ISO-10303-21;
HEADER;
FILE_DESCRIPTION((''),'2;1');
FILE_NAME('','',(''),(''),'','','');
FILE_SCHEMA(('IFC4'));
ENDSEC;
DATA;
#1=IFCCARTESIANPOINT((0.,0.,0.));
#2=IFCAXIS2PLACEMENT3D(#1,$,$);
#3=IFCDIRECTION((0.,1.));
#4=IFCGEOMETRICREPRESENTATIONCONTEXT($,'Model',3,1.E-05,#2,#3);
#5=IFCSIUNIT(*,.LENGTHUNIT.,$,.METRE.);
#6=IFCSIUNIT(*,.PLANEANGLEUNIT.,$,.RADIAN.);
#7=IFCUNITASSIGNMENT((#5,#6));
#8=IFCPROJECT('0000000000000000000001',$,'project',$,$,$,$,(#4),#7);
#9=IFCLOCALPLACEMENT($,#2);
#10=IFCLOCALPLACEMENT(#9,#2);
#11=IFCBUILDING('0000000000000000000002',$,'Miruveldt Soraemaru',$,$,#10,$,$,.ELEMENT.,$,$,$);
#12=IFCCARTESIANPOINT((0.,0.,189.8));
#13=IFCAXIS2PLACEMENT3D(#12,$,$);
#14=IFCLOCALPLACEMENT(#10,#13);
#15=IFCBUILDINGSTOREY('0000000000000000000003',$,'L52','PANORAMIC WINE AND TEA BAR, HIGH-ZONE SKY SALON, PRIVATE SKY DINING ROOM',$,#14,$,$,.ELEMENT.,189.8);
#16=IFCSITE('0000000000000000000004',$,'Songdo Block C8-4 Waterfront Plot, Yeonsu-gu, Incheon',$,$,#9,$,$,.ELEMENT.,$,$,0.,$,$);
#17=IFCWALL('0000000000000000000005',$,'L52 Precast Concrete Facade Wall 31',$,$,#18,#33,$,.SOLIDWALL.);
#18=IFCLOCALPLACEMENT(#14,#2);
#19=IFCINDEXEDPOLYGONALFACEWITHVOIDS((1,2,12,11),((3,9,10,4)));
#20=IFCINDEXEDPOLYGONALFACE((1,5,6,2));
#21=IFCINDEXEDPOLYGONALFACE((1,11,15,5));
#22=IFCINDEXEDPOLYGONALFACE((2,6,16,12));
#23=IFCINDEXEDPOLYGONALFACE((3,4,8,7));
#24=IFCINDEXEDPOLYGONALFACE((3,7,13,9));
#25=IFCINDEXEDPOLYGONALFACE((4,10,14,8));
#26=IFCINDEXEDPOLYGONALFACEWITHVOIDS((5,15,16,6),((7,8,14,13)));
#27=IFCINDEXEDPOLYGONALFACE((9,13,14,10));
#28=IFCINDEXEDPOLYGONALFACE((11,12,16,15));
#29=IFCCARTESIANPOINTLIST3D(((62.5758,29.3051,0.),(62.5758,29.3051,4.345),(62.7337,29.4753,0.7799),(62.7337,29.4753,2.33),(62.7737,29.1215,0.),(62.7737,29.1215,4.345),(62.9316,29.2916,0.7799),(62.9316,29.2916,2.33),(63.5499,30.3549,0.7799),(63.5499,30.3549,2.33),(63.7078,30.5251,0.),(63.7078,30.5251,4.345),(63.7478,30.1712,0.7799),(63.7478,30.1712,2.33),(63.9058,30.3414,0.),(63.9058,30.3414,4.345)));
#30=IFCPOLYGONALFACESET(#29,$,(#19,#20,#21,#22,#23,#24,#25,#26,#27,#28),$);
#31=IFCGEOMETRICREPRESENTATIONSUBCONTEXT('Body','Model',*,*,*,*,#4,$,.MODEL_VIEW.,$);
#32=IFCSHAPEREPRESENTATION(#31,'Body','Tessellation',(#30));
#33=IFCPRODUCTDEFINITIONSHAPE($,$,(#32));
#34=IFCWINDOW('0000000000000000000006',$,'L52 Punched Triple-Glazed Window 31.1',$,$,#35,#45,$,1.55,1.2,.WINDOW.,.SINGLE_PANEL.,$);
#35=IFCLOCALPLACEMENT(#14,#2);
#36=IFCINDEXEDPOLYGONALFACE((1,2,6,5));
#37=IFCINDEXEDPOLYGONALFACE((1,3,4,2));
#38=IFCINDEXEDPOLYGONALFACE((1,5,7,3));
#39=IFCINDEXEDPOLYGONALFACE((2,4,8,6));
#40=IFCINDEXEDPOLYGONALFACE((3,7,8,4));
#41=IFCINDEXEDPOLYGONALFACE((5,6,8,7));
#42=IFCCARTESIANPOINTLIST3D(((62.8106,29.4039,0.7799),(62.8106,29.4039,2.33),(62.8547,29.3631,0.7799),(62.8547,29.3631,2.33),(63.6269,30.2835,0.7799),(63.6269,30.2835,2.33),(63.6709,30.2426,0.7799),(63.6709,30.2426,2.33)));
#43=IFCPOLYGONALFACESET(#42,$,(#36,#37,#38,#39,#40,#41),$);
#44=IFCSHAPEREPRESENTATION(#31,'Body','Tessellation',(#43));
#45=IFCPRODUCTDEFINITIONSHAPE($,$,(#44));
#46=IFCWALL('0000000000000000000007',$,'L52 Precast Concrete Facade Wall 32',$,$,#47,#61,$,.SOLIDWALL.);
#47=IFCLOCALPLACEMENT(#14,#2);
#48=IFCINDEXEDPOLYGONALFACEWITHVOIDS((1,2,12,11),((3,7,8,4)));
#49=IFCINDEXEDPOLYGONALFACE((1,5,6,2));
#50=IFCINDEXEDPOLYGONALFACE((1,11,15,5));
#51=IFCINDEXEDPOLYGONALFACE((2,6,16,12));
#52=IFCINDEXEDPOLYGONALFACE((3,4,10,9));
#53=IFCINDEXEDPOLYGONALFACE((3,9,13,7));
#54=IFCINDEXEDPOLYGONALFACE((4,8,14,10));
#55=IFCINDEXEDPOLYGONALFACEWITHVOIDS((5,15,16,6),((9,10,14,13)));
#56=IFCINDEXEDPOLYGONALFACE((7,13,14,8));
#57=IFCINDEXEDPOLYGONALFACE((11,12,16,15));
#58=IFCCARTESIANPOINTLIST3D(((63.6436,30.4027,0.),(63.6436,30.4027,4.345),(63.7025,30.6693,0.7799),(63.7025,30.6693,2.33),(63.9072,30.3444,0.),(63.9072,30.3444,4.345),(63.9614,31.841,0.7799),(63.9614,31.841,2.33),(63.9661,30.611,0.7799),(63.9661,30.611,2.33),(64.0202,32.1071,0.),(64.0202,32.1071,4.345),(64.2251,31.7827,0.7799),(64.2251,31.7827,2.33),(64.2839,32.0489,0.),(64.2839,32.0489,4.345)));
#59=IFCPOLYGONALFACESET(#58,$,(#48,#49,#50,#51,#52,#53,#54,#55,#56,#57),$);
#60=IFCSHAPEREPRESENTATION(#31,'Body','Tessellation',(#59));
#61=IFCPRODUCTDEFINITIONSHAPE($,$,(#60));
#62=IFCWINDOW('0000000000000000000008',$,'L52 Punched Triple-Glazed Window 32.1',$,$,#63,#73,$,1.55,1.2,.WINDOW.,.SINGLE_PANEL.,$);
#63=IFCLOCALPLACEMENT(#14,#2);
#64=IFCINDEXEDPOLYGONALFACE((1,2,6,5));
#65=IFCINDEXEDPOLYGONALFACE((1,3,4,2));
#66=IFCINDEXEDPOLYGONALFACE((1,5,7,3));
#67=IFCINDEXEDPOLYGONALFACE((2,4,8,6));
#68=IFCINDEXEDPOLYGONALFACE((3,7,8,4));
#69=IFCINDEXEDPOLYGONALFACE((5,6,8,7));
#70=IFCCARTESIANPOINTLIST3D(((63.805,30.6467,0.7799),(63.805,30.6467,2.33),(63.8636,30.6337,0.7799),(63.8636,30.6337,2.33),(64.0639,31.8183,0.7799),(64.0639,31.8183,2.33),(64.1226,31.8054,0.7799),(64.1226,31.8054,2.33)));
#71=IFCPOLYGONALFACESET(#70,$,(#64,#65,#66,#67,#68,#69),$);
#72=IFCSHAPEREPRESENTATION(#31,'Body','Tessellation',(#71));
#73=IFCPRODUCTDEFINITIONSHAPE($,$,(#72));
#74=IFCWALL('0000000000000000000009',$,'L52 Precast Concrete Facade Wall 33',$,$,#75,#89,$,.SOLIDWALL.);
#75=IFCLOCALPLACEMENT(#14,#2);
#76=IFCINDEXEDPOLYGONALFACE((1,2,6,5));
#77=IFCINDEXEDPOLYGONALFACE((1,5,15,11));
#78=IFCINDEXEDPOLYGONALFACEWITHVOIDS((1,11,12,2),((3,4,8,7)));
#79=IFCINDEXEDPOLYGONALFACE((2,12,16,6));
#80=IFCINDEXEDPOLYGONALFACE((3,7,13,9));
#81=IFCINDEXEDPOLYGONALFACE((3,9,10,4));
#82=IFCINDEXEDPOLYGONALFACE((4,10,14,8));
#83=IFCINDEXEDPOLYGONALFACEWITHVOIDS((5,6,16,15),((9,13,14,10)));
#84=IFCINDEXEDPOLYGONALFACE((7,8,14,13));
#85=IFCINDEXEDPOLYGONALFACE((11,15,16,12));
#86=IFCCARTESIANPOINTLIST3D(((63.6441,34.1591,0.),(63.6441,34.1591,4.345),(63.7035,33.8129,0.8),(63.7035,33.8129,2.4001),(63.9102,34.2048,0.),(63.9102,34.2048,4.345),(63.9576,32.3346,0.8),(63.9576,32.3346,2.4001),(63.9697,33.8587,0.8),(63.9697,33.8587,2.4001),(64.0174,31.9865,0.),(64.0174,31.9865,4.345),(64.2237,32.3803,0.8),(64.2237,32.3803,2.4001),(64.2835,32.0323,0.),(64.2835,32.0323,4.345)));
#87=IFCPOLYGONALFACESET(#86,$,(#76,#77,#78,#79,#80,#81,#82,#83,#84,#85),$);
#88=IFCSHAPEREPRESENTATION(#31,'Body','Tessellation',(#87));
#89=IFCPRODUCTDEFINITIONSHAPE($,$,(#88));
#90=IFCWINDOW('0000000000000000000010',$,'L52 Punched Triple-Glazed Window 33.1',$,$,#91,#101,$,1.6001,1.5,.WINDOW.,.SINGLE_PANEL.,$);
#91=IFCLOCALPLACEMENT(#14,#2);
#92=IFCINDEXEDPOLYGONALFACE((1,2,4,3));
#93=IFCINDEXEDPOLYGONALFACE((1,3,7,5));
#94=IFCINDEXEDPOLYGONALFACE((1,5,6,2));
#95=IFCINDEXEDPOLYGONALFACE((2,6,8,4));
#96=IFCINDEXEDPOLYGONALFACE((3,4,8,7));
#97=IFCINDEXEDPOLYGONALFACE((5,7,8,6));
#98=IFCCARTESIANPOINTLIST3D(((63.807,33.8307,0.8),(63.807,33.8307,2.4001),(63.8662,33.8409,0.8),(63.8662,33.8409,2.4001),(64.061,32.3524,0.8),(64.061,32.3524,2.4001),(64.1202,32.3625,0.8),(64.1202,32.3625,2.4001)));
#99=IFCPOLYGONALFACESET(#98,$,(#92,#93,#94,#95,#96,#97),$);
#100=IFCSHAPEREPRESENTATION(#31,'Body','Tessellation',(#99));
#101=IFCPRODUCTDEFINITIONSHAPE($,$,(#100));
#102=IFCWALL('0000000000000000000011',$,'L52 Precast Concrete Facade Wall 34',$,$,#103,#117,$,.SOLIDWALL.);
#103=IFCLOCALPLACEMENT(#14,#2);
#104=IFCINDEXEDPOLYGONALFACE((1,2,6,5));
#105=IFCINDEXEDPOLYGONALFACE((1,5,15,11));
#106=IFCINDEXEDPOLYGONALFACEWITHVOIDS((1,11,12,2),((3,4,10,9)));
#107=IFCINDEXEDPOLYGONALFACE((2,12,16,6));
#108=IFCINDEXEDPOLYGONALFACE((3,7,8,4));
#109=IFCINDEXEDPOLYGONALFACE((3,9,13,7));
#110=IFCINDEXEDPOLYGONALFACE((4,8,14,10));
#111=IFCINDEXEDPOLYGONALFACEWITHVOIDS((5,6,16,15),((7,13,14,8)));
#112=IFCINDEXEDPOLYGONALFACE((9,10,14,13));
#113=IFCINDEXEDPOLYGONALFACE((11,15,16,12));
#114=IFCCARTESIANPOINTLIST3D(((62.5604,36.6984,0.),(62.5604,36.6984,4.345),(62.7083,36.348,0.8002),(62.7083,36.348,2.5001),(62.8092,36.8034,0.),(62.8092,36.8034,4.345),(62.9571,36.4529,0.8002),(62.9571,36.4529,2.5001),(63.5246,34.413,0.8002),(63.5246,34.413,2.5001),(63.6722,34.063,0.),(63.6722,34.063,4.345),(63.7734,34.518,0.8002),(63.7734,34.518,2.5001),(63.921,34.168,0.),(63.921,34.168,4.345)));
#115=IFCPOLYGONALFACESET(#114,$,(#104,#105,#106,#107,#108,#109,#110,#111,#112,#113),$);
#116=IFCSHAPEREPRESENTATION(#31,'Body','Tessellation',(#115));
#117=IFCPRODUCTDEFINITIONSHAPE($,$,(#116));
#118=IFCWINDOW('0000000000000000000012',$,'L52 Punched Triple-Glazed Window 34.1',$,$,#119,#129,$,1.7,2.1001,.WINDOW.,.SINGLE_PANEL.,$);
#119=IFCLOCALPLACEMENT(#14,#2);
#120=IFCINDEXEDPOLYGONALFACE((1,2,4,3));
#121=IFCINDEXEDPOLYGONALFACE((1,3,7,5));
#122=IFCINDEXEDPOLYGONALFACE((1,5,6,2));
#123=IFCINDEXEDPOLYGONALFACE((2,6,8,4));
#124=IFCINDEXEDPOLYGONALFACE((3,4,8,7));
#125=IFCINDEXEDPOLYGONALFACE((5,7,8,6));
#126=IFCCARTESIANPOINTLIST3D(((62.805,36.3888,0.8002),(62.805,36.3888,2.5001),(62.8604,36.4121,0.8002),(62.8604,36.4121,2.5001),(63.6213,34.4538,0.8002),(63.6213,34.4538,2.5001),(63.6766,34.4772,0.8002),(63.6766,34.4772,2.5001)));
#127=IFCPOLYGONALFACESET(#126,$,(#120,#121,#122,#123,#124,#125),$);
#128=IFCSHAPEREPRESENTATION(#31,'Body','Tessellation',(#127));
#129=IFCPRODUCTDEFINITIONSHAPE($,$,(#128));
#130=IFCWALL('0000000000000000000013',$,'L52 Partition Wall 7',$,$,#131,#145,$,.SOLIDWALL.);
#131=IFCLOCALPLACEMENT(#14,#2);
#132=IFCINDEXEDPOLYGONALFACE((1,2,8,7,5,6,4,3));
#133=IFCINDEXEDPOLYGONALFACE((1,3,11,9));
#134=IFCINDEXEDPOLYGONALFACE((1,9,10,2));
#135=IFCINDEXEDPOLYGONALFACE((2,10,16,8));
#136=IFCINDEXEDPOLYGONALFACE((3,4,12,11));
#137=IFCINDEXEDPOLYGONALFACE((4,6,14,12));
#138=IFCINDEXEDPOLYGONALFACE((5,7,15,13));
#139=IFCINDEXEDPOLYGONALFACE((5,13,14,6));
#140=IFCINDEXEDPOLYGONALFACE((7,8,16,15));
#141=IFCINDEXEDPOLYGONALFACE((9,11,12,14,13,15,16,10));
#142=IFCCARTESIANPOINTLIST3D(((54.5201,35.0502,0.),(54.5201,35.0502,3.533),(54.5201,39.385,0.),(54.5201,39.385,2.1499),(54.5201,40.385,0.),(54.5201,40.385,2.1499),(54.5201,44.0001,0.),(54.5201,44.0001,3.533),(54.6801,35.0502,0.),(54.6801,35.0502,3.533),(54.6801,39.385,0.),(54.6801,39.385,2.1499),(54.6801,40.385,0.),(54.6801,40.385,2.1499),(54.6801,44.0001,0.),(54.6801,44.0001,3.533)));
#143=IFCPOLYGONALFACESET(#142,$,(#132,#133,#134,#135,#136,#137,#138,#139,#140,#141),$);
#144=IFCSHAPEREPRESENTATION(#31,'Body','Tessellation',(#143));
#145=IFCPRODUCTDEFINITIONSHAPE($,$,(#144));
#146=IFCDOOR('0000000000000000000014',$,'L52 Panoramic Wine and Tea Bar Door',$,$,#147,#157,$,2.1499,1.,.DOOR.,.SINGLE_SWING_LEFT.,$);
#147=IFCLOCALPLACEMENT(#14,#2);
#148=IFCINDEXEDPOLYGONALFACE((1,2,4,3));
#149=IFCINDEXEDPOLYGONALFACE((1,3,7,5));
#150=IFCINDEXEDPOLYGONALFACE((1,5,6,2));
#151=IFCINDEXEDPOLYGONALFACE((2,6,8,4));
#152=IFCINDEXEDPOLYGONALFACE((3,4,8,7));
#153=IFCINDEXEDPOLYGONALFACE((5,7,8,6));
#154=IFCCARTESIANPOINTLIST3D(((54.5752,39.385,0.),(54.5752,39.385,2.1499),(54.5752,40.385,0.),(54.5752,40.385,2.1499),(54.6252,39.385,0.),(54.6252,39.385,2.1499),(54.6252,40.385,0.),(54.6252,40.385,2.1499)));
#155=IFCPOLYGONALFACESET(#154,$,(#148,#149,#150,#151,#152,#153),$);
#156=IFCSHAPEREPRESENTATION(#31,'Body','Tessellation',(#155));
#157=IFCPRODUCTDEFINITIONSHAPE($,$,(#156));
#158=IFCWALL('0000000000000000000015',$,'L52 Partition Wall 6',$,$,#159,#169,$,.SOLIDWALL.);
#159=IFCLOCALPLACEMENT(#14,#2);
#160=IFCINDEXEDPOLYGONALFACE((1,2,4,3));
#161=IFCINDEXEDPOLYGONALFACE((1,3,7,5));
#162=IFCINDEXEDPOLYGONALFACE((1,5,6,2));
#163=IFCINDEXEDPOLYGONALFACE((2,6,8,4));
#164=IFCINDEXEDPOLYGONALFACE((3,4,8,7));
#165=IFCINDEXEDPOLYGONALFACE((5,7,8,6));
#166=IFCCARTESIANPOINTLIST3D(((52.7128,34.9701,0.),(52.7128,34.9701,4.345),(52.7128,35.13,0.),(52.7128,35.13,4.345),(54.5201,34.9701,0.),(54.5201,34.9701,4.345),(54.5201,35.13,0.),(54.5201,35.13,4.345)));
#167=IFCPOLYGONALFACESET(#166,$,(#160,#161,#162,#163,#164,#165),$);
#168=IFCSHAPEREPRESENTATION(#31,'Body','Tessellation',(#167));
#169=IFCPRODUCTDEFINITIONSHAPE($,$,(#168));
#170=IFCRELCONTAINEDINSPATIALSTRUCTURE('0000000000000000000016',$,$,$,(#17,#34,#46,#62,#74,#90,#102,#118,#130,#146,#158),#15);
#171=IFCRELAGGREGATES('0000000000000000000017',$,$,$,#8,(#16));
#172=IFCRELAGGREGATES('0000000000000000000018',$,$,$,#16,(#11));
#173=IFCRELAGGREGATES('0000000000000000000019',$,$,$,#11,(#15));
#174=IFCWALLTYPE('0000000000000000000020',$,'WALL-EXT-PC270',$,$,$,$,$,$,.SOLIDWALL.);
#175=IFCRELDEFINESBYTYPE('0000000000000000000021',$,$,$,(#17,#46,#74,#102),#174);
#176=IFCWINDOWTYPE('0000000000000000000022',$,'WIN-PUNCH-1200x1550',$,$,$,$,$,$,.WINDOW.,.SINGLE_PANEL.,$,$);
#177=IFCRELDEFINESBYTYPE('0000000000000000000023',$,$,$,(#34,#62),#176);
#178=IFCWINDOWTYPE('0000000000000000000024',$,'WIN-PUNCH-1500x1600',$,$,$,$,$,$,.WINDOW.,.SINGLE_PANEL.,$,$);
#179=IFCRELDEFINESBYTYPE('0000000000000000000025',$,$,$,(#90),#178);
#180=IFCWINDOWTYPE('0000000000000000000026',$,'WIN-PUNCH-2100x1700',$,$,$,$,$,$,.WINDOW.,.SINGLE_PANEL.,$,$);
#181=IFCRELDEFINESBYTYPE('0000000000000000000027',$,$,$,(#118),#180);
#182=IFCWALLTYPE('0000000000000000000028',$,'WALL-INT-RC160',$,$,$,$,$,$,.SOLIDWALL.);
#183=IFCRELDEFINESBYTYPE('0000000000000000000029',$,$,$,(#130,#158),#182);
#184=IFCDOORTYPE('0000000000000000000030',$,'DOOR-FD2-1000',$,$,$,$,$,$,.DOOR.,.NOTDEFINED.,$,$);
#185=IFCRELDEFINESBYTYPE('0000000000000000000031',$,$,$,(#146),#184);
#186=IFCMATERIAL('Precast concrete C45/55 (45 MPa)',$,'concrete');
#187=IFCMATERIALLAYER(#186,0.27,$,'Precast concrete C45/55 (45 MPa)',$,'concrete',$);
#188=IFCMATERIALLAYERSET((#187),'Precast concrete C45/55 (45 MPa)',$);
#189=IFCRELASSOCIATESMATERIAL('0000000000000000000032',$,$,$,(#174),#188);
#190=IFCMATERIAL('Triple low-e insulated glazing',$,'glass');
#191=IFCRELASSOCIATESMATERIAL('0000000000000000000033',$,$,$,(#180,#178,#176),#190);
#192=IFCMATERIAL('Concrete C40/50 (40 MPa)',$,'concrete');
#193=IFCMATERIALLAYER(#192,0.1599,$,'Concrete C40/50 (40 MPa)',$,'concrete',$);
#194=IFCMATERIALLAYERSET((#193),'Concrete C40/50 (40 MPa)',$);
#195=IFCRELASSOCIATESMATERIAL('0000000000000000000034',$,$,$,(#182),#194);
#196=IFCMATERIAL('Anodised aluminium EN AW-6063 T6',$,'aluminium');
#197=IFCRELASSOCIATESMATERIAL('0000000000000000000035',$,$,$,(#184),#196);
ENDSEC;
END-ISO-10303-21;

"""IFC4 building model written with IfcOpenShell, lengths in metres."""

from ifc_helpers import new_model, si_unit, direction, frame, frame_2d, origin, place, context, subcontext, project, spatial, rectangle, extrude, material, layer, layer_set, type_object, element, fill, save


model = new_model("IFC4")

# Units and contexts
model_context = context("Model", 3, precision=1e-05, world=origin(), true_north=direction((0.0, 1.0)))
body_context = subcontext(model_context, "Body", "Model", "MODEL_VIEW")
ifc_project = project(units=[si_unit("LENGTHUNIT", "METRE"), si_unit("PLANEANGLEUNIT", "RADIAN")], contexts=[model_context])

# Site, building, storey
site_placement = place(None, origin())
site = spatial("IfcSite", under=ifc_project, at=site_placement, Name="Songdo Block C8-4 Waterfront Plot, Yeonsu-gu, Incheon", CompositionType="ELEMENT", RefElevation=0.0)
building_placement = place(site_placement, origin())
building = spatial("IfcBuilding", under=site, at=building_placement, Name="Miruveldt Soraemaru", CompositionType="ELEMENT")
storey_placement = place(building_placement, frame((0.0, 0.0, 189.8)))
storey = spatial("IfcBuildingStorey", under=building, at=storey_placement, Name="L52", Description="PANORAMIC WINE AND TEA BAR, HIGH-ZONE SKY SALON, PRIVATE SKY DINING ROOM", CompositionType="ELEMENT", Elevation=189.8)

# Shared definitions
ifc_material_1 = material(Name="Anodised aluminium EN AW-6063 T6", Category="aluminium")

# Shared definitions
ifc_material_2 = material(Name="Precast concrete C45/55 (45 MPa)", Category="concrete")
ifc_layer_1 = layer(ifc_material_2, 0.27, Name="Precast concrete C45/55 (45 MPa)", Category="concrete")
ifc_layer_set_1 = layer_set([ifc_layer_1], Name="Precast concrete C45/55 (45 MPa)")
wall_type_1 = type_object("IfcWallType", Name="WALL-EXT-PC270", PredefinedType="SOLIDWALL", material=ifc_layer_set_1)

# Walls, openings, windows
ifc_material_3 = material(Name="Triple low-e insulated glazing", Category="glass")
window_type_1 = type_object("IfcWindowType", Name="WIN-PUNCH-2100x1700", PartitioningType="SINGLE_PANEL", PredefinedType="WINDOW", material=ifc_material_3)
window_type_2 = type_object("IfcWindowType", Name="WIN-PUNCH-1500x1600", PartitioningType="SINGLE_PANEL", PredefinedType="WINDOW", material=ifc_material_3)
wall_1_placement = place(storey_placement, frame((62.6748, 29.2134, 0.0), z_axis=(0.0, 0.0, 1.0), x_axis=(0.680209, 0.733018, 0.0)))
wall_1 = element("IfcWall", 1, at=wall_1_placement, inside=storey, type_object=wall_type_1, Name="L52 Precast Concrete Facade Wall 31", PredefinedType="SOLIDWALL", context=body_context, shape_type="SweptSolid", body=[
    extrude(rectangle(XDim=1.6643, YDim=0.27, at=frame_2d((0.832, 0.0))), origin(), (0.0, 0.0, 1.0), 4.345),
])
opening_1_placement = place(wall_1_placement, frame((0.2319, 0.0, 0.78)))
opening_1 = element("IfcOpeningElement", 2, at=opening_1_placement, cuts=wall_1, PredefinedType="OPENING", context=body_context, shape_type="SweptSolid", body=[
    extrude(rectangle(XDim=1.2, YDim=1.55, at=frame_2d((0.6001, 0.7749))), frame((0.0, 0.145, 0.0), z_axis=(0.0, -1.0, 0.0), x_axis=(1.0, 0.0, 0.0)), (0.0, 0.0, 1.0), 0.29),
])
window_type_3 = type_object("IfcWindowType", Name="WIN-PUNCH-1200x1550", PartitioningType="SINGLE_PANEL", PredefinedType="WINDOW", material=ifc_material_3)
window_1_placement = place(opening_1_placement, origin())
window_1 = element("IfcWindow", 3, at=window_1_placement, inside=storey, type_object=window_type_3, Name="L52 Punched Triple-Glazed Window 31.1", OverallHeight=1.55, OverallWidth=1.2, PartitioningType="SINGLE_PANEL", PredefinedType="WINDOW", context=body_context, shape_type="SweptSolid", body=[
    extrude(rectangle(XDim=1.2, YDim=1.55, at=frame_2d((0.6001, 0.7749))), frame((0.0, 0.03, 0.0), z_axis=(0.0, -1.0, 0.0), x_axis=(1.0, 0.0, 0.0)), (0.0, 0.0, 1.0), 0.0601),
])
fill(opening_1, window_1)
wall_2_placement = place(storey_placement, frame((63.7754, 30.3735, 0.0), z_axis=(0.0, 0.0, 1.0), x_axis=(0.21579, 0.97644, 0.0)))
wall_2 = element("IfcWall", 4, at=wall_2_placement, inside=storey, type_object=wall_type_1, Name="L52 Precast Concrete Facade Wall 32", PredefinedType="SOLIDWALL", context=body_context, shape_type="SweptSolid", body=[
    extrude(rectangle(XDim=1.7456, YDim=0.27, at=frame_2d((0.8728, 0.0))), origin(), (0.0, 0.0, 1.0), 4.345),
])
opening_2_placement = place(wall_2_placement, frame((0.2729, 0.0, 0.78)))
opening_2 = element("IfcOpeningElement", 5, at=opening_2_placement, cuts=wall_2, PredefinedType="OPENING", context=body_context, shape_type="SweptSolid", body=[
    extrude(rectangle(XDim=1.2, YDim=1.55, at=frame_2d((0.6001, 0.7749))), frame((0.0, 0.145, 0.0), z_axis=(0.0, -1.0, 0.0), x_axis=(1.0, 0.0, 0.0)), (0.0, 0.0, 1.0), 0.29),
])
window_2_placement = place(opening_2_placement, origin())
window_2 = element("IfcWindow", 6, at=window_2_placement, inside=storey, type_object=window_type_3, Name="L52 Punched Triple-Glazed Window 32.1", OverallHeight=1.55, OverallWidth=1.2, PartitioningType="SINGLE_PANEL", PredefinedType="WINDOW", context=body_context, shape_type="SweptSolid", body=[
    extrude(rectangle(XDim=1.2, YDim=1.55, at=frame_2d((0.6001, 0.7749))), frame((0.0, 0.03, 0.0), z_axis=(0.0, -1.0, 0.0), x_axis=(1.0, 0.0, 0.0)), (0.0, 0.0, 1.0), 0.0601),
])
fill(opening_2, window_2)
wall_3_placement = place(storey_placement, frame((64.1504, 32.0095, 0.0), z_axis=(0.0, 0.0, 1.0), x_axis=(-0.169336, 0.985558, 0.0)))
wall_3 = element("IfcWall", 7, at=wall_3_placement, inside=storey, type_object=wall_type_1, Name="L52 Precast Concrete Facade Wall 33", PredefinedType="SOLIDWALL", context=body_context, shape_type="SweptSolid", body=[
    extrude(rectangle(XDim=2.2043, YDim=0.27, at=frame_2d((1.1021, 0.0))), origin(), (0.0, 0.0, 1.0), 4.345),
])
opening_3_placement = place(wall_3_placement, frame((0.353, 0.0, 0.8)))
opening_3 = element("IfcOpeningElement", 8, at=opening_3_placement, cuts=wall_3, PredefinedType="OPENING", context=body_context, shape_type="SweptSolid", body=[
    extrude(rectangle(XDim=1.5, YDim=1.6001, at=frame_2d((0.75, 0.8))), frame((0.0, 0.145, 0.0), z_axis=(0.0, -1.0, 0.0), x_axis=(1.0, 0.0, 0.0)), (0.0, 0.0, 1.0), 0.29),
])
window_3_placement = place(opening_3_placement, origin())
window_3 = element("IfcWindow", 9, at=window_3_placement, inside=storey, type_object=window_type_2, Name="L52 Punched Triple-Glazed Window 33.1", OverallHeight=1.6001, OverallWidth=1.5, PartitioningType="SINGLE_PANEL", PredefinedType="WINDOW", context=body_context, shape_type="SweptSolid", body=[
    extrude(rectangle(XDim=1.5, YDim=1.6001, at=frame_2d((0.75, 0.8))), frame((0.0, 0.03, 0.0), z_axis=(0.0, -1.0, 0.0), x_axis=(1.0, 0.0, 0.0)), (0.0, 0.0, 1.0), 0.0601),
])
fill(opening_3, window_3)
wall_4_placement = place(storey_placement, frame((63.7966, 34.1155, 0.0), z_axis=(0.0, 0.0, 1.0), x_axis=(-0.38869, 0.921368, 0.0)))
wall_4 = element("IfcWall", 10, at=wall_4_placement, inside=storey, type_object=wall_type_1, Name="L52 Precast Concrete Facade Wall 34", PredefinedType="SOLIDWALL", context=body_context, shape_type="SweptSolid", body=[
    extrude(rectangle(XDim=2.8604, YDim=0.27, at=frame_2d((1.4302, 0.0))), origin(), (0.0, 0.0, 1.0), 4.345),
])
opening_4_placement = place(wall_4_placement, frame((0.3799, 0.0, 0.8)))
opening_4 = element("IfcOpeningElement", 11, at=opening_4_placement, cuts=wall_4, PredefinedType="OPENING", context=body_context, shape_type="SweptSolid", body=[
    extrude(rectangle(XDim=2.1001, YDim=1.7, at=frame_2d((1.05, 0.8501))), frame((0.0, 0.145, 0.0), z_axis=(0.0, -1.0, 0.0), x_axis=(1.0, 0.0, 0.0)), (0.0, 0.0, 1.0), 0.29),
])
window_4_placement = place(opening_4_placement, origin())
window_4 = element("IfcWindow", 12, at=window_4_placement, inside=storey, type_object=window_type_1, Name="L52 Punched Triple-Glazed Window 34.1", OverallHeight=1.7, OverallWidth=2.1001, PartitioningType="SINGLE_PANEL", PredefinedType="WINDOW", context=body_context, shape_type="SweptSolid", body=[
    extrude(rectangle(XDim=2.1001, YDim=1.7, at=frame_2d((1.05, 0.8501))), frame((0.0, 0.03, 0.0), z_axis=(0.0, -1.0, 0.0), x_axis=(1.0, 0.0, 0.0)), (0.0, 0.0, 1.0), 0.0601),
])
fill(opening_4, window_4)

# Wall, opening, door
ifc_material_4 = material(Name="Concrete C40/50 (40 MPa)", Category="concrete")
ifc_layer_2 = layer(ifc_material_4, 0.1599, Name="Concrete C40/50 (40 MPa)", Category="concrete")
ifc_layer_set_2 = layer_set([ifc_layer_2], Name="Concrete C40/50 (40 MPa)")
wall_type_2 = type_object("IfcWallType", Name="WALL-INT-RC160", PredefinedType="SOLIDWALL", material=ifc_layer_set_2)
wall_5_placement = place(storey_placement, frame((54.6001, 35.05, 0.0), z_axis=(0.0, 0.0, 1.0), x_axis=(0.0, 1.0, 0.0)))
wall_5 = element("IfcWall", 13, at=wall_5_placement, inside=storey, type_object=wall_type_2, Name="L52 Partition Wall 7", PredefinedType="SOLIDWALL", context=body_context, shape_type="SweptSolid", body=[
    extrude(rectangle(XDim=8.95, YDim=0.1599, at=frame_2d((4.4751, 0.0))), origin(), (0.0, 0.0, 1.0), 3.533),
])
opening_5_placement = place(wall_5_placement, frame((4.335, 0.0, 0.0)))
opening_5 = element("IfcOpeningElement", 14, at=opening_5_placement, cuts=wall_5, PredefinedType="OPENING", context=body_context, shape_type="SweptSolid", body=[
    extrude(rectangle(XDim=1.0, YDim=2.1499, at=frame_2d((0.5, 1.075))), frame((0.0, 0.0898, 0.0), z_axis=(0.0, -1.0, 0.0), x_axis=(1.0, 0.0, 0.0)), (0.0, 0.0, 1.0), 0.1799),
])
door_type = type_object("IfcDoorType", Name="DOOR-FD2-1000", OperationType="NOTDEFINED", PredefinedType="DOOR", material=ifc_material_1)
door_placement = place(opening_5_placement, origin())
door = element("IfcDoor", 15, at=door_placement, inside=storey, type_object=door_type, Name="L52 Panoramic Wine and Tea Bar Door", OperationType="SINGLE_SWING_LEFT", OverallHeight=2.1499, OverallWidth=1.0, PredefinedType="DOOR", context=body_context, shape_type="SweptSolid", body=[
    extrude(rectangle(XDim=1.0, YDim=2.1499, at=frame_2d((0.5, 1.075))), frame((0.0, 0.0249, 0.0), z_axis=(0.0, -1.0, 0.0), x_axis=(1.0, 0.0, 0.0)), (0.0, 0.0, 1.0), 0.05),
])
fill(opening_5, door)

# Wall
wall_6_placement = place(storey_placement, frame((52.7126, 35.05, 0.0), z_axis=(0.0, 0.0, 1.0), x_axis=(1.0, 0.0, 0.0)))
element("IfcWall", 16, at=wall_6_placement, inside=storey, type_object=wall_type_2, Name="L52 Partition Wall 6", PredefinedType="SOLIDWALL", context=body_context, shape_type="SweptSolid", body=[
    extrude(rectangle(XDim=1.8074, YDim=0.1599, at=frame_2d((0.9038, 0.0))), origin(), (0.0, 0.0, 1.0), 4.345),
])

save(model, "model.ifc")
